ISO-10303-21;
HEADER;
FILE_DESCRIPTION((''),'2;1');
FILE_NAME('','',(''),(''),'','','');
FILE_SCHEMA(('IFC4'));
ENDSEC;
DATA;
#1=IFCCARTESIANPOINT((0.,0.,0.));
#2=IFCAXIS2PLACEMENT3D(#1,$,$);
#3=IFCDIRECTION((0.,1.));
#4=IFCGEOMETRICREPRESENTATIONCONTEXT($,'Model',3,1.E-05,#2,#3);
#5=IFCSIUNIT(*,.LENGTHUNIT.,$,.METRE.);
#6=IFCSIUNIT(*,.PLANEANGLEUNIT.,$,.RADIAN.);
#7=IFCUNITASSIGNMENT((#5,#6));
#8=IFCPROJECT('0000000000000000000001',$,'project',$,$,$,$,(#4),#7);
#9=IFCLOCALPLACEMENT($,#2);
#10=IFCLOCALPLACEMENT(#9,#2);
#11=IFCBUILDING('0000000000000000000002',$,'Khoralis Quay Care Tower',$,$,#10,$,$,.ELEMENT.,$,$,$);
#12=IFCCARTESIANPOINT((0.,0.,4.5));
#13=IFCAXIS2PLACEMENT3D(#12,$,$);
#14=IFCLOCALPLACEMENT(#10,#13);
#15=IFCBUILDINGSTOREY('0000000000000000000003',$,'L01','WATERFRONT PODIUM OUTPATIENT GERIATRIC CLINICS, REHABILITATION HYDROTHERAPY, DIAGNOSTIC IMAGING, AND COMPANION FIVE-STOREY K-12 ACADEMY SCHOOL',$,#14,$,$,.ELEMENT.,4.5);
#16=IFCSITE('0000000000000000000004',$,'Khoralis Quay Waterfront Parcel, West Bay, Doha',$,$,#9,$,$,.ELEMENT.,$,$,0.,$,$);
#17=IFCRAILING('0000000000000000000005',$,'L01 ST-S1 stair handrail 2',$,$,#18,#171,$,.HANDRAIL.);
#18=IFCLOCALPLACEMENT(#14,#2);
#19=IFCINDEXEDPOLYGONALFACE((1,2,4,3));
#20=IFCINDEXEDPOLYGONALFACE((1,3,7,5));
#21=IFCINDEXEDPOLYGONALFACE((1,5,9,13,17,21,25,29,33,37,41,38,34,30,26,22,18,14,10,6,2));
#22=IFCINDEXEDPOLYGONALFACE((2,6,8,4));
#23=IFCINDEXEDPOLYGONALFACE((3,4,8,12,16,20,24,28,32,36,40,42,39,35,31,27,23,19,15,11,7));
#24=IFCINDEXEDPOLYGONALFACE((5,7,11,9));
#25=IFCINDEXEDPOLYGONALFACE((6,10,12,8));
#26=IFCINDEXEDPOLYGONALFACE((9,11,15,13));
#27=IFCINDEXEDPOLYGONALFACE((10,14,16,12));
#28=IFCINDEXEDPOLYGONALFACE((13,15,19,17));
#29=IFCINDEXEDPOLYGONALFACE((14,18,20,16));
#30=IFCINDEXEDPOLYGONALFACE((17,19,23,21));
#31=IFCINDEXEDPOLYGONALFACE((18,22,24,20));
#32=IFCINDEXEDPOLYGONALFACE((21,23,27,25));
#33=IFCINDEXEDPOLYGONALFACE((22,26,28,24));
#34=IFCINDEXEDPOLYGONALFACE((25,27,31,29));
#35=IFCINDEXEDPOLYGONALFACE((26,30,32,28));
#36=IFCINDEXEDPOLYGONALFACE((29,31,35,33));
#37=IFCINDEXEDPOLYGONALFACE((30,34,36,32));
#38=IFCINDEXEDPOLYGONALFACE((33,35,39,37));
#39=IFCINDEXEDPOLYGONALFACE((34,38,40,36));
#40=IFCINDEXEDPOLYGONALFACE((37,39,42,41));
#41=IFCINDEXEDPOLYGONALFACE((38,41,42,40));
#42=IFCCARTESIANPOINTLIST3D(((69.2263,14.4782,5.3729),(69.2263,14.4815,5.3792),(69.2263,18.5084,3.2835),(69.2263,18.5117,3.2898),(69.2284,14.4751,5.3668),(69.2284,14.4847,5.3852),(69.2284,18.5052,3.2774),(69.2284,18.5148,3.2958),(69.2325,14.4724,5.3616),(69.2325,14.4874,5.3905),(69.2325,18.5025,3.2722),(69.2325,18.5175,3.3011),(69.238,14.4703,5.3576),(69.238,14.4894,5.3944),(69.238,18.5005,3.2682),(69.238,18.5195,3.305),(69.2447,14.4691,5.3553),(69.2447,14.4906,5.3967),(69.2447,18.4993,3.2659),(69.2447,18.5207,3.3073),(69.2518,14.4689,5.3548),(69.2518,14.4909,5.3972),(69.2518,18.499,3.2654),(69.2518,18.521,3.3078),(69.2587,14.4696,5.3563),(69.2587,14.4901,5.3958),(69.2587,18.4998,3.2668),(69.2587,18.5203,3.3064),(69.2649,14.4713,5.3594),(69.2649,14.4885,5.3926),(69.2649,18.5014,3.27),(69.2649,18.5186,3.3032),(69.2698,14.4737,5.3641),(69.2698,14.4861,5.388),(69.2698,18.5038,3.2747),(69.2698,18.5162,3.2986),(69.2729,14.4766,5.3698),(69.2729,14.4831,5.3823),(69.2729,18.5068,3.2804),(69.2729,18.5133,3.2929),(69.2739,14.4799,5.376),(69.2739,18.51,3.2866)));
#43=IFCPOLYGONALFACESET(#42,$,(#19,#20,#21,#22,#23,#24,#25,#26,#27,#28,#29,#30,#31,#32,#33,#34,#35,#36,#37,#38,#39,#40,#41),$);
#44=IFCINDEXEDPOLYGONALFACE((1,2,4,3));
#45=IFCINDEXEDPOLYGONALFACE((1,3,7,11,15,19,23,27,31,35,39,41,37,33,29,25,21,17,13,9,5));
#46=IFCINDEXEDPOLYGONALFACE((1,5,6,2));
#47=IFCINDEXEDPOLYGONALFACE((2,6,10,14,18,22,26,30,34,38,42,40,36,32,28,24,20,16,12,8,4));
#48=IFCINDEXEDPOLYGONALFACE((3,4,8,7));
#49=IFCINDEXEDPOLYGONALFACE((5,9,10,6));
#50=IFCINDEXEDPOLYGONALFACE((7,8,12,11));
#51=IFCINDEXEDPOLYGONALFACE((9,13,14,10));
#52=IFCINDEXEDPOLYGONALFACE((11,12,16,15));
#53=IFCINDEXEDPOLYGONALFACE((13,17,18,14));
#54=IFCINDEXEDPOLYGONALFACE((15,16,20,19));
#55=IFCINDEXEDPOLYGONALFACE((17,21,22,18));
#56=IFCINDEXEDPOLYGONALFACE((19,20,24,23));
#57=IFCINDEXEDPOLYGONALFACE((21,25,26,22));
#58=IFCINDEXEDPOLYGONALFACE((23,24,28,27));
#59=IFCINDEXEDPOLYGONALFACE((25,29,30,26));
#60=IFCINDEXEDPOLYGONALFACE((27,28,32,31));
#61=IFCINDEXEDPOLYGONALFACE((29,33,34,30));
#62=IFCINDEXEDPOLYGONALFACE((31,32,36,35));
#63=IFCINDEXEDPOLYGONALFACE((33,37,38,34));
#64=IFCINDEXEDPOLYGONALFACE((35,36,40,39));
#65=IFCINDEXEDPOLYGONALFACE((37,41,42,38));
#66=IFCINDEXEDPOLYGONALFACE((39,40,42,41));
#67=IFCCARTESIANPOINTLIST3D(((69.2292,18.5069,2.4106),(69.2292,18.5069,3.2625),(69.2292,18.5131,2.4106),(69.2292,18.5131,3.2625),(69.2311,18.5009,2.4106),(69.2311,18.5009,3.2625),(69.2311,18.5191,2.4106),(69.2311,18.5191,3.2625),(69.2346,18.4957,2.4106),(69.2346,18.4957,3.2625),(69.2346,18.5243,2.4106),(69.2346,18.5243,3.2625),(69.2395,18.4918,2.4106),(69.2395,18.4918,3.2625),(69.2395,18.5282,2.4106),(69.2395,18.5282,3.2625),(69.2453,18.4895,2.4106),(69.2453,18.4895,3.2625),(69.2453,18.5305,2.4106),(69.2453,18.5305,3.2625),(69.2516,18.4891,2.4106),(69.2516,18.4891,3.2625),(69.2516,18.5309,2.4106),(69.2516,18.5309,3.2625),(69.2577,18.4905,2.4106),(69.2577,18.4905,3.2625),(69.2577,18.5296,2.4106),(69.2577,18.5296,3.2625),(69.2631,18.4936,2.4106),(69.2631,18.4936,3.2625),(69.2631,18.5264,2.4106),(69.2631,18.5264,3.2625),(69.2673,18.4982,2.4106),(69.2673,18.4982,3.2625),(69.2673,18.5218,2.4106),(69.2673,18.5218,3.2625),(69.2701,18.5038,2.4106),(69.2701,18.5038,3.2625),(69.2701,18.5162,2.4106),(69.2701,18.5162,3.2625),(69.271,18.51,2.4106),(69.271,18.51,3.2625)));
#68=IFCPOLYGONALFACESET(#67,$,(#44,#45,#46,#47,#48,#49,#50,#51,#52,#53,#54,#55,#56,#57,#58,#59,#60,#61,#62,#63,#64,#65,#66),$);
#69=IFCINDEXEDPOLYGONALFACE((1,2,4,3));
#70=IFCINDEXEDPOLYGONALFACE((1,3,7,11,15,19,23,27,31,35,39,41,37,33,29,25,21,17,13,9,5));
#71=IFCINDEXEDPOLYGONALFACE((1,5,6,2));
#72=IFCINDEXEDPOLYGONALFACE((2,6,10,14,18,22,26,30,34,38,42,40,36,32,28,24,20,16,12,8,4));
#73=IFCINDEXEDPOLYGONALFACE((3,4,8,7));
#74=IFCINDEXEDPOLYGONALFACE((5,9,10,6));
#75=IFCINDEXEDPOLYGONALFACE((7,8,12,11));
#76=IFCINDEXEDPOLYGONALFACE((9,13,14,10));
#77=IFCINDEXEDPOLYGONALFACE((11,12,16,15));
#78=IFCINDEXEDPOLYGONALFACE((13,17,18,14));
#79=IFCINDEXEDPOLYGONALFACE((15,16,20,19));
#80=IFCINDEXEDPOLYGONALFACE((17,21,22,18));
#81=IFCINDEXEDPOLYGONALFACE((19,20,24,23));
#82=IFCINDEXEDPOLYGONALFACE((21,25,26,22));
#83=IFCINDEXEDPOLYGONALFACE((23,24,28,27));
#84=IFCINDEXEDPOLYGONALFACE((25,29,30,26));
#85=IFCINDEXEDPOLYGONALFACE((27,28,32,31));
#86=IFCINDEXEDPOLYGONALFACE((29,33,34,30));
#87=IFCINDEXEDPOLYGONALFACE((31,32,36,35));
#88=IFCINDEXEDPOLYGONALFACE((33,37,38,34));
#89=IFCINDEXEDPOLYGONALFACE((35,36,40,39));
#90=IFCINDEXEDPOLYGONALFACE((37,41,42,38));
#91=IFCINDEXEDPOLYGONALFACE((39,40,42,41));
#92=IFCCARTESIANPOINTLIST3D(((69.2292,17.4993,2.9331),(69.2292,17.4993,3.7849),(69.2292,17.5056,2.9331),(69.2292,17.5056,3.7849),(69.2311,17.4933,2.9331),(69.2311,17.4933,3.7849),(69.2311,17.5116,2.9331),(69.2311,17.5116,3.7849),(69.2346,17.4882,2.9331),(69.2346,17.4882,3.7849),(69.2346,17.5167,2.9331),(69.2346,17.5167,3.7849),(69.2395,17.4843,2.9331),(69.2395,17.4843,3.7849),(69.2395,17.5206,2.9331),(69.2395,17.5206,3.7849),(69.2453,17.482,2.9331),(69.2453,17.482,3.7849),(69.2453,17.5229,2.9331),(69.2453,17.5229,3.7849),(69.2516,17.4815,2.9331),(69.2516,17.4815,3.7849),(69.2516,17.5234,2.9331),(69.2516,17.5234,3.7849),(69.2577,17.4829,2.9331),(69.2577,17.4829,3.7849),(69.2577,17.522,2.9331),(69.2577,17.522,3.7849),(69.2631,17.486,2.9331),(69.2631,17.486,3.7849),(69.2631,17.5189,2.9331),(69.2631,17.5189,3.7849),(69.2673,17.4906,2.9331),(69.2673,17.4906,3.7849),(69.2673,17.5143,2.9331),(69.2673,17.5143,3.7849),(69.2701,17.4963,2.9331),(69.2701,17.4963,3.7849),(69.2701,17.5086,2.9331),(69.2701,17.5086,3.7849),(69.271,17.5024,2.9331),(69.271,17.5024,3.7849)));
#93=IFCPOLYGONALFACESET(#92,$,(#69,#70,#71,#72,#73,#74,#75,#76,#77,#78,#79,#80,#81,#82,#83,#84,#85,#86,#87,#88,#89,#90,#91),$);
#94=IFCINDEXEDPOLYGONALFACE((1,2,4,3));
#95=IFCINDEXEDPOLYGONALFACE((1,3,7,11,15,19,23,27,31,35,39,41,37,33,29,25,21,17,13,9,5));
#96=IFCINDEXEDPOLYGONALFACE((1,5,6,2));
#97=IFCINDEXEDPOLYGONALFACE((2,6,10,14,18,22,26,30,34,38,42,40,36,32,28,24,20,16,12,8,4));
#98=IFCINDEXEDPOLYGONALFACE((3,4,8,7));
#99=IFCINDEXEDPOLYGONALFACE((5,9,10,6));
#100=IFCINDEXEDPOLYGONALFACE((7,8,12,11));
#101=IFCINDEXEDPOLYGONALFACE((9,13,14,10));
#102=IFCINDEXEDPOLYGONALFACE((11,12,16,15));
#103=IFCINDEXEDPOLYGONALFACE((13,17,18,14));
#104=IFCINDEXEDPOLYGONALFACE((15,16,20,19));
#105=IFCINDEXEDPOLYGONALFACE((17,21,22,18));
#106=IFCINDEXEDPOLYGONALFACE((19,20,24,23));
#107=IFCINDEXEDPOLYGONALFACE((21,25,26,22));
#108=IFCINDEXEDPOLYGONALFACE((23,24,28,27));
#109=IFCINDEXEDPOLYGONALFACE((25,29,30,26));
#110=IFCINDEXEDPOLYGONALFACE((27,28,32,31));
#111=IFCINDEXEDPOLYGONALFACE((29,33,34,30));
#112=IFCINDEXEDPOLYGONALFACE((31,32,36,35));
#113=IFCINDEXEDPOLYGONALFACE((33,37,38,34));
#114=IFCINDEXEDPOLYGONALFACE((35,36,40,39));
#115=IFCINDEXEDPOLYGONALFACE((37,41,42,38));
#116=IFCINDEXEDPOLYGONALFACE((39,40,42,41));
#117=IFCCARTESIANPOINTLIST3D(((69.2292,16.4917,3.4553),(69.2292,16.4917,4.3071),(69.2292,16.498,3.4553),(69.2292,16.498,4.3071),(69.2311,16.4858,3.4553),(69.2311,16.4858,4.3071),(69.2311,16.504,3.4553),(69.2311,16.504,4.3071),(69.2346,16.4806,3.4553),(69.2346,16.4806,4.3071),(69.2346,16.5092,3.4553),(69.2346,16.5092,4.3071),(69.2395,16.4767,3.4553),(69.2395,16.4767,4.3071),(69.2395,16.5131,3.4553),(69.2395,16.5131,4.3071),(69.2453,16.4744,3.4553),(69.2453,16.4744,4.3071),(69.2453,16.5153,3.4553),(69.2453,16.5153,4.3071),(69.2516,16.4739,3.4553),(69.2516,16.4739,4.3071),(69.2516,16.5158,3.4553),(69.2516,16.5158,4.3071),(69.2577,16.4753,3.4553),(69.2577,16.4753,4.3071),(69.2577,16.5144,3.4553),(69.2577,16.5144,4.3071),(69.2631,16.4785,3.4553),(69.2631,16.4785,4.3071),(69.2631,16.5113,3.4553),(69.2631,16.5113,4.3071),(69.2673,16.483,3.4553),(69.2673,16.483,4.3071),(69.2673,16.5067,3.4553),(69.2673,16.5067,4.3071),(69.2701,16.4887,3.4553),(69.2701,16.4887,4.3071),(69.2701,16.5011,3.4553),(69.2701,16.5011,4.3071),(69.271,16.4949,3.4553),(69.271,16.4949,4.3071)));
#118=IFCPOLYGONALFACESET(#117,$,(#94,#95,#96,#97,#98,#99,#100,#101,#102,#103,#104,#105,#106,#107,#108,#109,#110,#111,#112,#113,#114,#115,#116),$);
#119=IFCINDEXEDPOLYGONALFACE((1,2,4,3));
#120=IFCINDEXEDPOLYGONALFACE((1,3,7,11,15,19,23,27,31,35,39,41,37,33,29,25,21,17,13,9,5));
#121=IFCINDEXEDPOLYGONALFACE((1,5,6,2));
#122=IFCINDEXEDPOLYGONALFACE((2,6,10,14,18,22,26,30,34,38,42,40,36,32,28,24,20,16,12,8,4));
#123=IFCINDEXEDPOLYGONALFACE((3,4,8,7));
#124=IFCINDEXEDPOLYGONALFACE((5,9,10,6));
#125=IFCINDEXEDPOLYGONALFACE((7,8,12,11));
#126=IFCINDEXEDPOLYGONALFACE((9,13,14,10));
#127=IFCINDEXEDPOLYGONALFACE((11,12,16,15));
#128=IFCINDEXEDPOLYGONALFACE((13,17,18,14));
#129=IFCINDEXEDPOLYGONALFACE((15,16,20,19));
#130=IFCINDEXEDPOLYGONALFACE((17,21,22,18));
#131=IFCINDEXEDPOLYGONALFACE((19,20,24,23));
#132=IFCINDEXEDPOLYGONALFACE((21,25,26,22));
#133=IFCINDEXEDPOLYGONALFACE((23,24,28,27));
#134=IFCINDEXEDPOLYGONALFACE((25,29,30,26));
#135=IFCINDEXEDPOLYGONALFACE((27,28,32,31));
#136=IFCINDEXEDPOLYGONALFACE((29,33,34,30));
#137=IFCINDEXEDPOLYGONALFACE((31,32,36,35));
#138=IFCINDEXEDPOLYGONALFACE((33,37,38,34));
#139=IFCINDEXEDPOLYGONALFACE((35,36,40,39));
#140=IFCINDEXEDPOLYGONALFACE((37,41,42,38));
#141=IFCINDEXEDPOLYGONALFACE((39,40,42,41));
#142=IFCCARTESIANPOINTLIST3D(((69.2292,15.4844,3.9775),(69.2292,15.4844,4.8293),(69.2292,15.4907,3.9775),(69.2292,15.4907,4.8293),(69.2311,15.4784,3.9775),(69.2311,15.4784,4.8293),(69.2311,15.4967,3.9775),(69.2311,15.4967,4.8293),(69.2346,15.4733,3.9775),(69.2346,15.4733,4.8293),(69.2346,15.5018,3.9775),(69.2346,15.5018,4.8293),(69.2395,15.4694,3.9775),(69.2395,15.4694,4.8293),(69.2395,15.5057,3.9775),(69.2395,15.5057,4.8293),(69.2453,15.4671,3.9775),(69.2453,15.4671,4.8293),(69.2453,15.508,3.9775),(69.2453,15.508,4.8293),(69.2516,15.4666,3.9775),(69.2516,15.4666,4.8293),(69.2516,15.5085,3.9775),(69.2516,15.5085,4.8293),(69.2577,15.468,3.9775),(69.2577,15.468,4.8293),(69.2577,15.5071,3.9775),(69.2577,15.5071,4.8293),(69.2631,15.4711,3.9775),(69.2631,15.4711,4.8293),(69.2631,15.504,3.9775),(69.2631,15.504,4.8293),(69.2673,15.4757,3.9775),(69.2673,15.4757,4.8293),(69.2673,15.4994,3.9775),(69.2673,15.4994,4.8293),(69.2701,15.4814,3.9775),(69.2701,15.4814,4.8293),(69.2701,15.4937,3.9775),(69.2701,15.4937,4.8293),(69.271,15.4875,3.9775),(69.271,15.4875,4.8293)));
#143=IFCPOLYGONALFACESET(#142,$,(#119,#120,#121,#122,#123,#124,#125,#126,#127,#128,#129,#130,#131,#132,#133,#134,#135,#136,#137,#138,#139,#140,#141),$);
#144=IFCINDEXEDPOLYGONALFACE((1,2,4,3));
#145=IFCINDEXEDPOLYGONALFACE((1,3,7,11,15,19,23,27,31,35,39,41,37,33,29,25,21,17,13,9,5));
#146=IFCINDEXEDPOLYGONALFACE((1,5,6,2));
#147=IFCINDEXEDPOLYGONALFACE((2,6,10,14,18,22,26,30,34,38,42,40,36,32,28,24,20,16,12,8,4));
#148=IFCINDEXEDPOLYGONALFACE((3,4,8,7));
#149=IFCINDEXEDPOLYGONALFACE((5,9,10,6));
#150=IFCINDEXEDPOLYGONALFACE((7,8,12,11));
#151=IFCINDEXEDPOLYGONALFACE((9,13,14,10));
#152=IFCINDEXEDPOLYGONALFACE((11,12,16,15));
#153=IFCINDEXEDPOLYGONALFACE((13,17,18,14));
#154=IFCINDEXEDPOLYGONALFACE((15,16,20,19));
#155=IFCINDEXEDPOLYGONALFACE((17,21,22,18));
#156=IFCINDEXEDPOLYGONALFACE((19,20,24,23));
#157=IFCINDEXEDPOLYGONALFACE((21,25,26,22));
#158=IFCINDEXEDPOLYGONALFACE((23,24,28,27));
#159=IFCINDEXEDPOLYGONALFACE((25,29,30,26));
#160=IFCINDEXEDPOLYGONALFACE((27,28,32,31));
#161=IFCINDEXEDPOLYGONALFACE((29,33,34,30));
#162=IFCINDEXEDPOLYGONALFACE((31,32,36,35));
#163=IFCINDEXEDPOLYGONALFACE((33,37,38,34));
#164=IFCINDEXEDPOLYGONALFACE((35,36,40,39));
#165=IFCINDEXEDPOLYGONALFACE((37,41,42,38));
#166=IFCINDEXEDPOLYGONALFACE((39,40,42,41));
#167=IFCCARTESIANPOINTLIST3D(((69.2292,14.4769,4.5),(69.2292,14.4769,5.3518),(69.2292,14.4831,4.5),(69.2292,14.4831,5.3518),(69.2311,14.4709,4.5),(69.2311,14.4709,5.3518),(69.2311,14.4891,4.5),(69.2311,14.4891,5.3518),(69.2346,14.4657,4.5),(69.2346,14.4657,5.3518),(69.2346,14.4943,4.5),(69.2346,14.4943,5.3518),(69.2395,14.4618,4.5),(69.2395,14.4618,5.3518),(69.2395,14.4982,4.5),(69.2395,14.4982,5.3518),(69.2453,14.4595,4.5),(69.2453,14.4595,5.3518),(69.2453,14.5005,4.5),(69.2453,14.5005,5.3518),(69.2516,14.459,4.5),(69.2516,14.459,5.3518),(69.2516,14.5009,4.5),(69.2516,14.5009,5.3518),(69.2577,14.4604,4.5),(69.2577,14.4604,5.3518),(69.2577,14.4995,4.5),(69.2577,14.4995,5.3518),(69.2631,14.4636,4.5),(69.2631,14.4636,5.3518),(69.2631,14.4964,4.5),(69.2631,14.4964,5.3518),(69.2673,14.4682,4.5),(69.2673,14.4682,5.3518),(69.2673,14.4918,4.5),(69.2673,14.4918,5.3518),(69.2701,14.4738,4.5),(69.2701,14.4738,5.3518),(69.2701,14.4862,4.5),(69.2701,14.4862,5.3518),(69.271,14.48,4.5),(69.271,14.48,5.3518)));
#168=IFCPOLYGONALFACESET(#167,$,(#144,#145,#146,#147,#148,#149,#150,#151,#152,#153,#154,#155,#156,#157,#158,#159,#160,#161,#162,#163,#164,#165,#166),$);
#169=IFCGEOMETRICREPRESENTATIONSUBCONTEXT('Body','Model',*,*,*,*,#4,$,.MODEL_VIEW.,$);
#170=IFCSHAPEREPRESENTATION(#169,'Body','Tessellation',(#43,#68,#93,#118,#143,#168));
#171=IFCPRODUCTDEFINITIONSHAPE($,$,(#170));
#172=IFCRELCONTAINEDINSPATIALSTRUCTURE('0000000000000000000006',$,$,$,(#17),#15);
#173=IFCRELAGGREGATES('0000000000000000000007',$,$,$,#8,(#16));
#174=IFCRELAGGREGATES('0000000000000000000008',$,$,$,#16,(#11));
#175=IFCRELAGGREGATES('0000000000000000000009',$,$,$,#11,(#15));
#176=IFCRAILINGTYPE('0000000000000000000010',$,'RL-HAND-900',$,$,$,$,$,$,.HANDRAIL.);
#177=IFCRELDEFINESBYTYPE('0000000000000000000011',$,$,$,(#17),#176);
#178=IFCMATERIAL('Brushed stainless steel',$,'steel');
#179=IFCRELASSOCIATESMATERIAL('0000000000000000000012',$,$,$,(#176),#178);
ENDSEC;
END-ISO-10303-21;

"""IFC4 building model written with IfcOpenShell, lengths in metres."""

from ifc_helpers import new_model, si_unit, direction, frame, origin, origin_2d, place, context, subcontext, project, spatial, circle, extrude, material, type_object, element, save


model = new_model("IFC4")

# Units and contexts
model_context = context("Model", 3, precision=1e-05, world=origin(), true_north=direction((0.0, 1.0)))
body_context = subcontext(model_context, "Body", "Model", "MODEL_VIEW")
ifc_project = project(units=[si_unit("LENGTHUNIT", "METRE"), si_unit("PLANEANGLEUNIT", "RADIAN")], contexts=[model_context])

# Site, building, storey
site_placement = place(None, origin())
site = spatial("IfcSite", under=ifc_project, at=site_placement, Name="Khoralis Quay Waterfront Parcel, West Bay, Doha", CompositionType="ELEMENT", RefElevation=0.0)
building_placement = place(site_placement, origin())
building = spatial("IfcBuilding", under=site, at=building_placement, Name="Khoralis Quay Care Tower", CompositionType="ELEMENT")
storey_placement = place(building_placement, frame((0.0, 0.0, 4.5)))
storey = spatial("IfcBuildingStorey", under=building, at=storey_placement, Name="L01", Description="WATERFRONT PODIUM OUTPATIENT GERIATRIC CLINICS, REHABILITATION HYDROTHERAPY, DIAGNOSTIC IMAGING, AND COMPANION FIVE-STOREY K-12 ACADEMY SCHOOL", CompositionType="ELEMENT", Elevation=4.5)

# Railing
ifc_material_1 = material(Name="Brushed stainless steel", Category="steel")
railing_type_1 = type_object("IfcRailingType", Name="RL-HAND-900", PredefinedType="HANDRAIL", material=ifc_material_1)
railing_1_placement = place(storey_placement, frame((69.25, 18.51, 2.4106)))
element("IfcRailing", 1, at=railing_1_placement, inside=storey, type_object=railing_type_1, Name="L01 ST-S1 stair handrail 2", PredefinedType="HANDRAIL", context=body_context, shape_type="SweptSolid", body=[
    extrude(circle(Radius=0.0239, at=origin_2d()), frame((0.0, 0.0, 0.876), z_axis=(0.0, -0.887781, 0.460267), x_axis=(1.0, 0.0, 0.0)), (0.0, 0.0, 1.0), 4.5396),
    extrude(circle(Radius=0.021, at=origin_2d()), origin(), (0.0, 0.0, 1.0), 0.8518),
    extrude(circle(Radius=0.021, at=origin_2d()), frame((0.0, -1.0076, 0.5225)), (0.0, 0.0, 1.0), 0.8518),
    extrude(circle(Radius=0.021, at=origin_2d()), frame((0.0, -2.0151, 1.0447)), (0.0, 0.0, 1.0), 0.8518),
    extrude(circle(Radius=0.021, at=origin_2d()), frame((0.0, -3.0225, 1.5669)), (0.0, 0.0, 1.0), 0.8518),
    extrude(circle(Radius=0.021, at=origin_2d()), frame((0.0, -4.03, 2.0894)), (0.0, 0.0, 1.0), 0.8518),
])

save(model, "model.ifc")
